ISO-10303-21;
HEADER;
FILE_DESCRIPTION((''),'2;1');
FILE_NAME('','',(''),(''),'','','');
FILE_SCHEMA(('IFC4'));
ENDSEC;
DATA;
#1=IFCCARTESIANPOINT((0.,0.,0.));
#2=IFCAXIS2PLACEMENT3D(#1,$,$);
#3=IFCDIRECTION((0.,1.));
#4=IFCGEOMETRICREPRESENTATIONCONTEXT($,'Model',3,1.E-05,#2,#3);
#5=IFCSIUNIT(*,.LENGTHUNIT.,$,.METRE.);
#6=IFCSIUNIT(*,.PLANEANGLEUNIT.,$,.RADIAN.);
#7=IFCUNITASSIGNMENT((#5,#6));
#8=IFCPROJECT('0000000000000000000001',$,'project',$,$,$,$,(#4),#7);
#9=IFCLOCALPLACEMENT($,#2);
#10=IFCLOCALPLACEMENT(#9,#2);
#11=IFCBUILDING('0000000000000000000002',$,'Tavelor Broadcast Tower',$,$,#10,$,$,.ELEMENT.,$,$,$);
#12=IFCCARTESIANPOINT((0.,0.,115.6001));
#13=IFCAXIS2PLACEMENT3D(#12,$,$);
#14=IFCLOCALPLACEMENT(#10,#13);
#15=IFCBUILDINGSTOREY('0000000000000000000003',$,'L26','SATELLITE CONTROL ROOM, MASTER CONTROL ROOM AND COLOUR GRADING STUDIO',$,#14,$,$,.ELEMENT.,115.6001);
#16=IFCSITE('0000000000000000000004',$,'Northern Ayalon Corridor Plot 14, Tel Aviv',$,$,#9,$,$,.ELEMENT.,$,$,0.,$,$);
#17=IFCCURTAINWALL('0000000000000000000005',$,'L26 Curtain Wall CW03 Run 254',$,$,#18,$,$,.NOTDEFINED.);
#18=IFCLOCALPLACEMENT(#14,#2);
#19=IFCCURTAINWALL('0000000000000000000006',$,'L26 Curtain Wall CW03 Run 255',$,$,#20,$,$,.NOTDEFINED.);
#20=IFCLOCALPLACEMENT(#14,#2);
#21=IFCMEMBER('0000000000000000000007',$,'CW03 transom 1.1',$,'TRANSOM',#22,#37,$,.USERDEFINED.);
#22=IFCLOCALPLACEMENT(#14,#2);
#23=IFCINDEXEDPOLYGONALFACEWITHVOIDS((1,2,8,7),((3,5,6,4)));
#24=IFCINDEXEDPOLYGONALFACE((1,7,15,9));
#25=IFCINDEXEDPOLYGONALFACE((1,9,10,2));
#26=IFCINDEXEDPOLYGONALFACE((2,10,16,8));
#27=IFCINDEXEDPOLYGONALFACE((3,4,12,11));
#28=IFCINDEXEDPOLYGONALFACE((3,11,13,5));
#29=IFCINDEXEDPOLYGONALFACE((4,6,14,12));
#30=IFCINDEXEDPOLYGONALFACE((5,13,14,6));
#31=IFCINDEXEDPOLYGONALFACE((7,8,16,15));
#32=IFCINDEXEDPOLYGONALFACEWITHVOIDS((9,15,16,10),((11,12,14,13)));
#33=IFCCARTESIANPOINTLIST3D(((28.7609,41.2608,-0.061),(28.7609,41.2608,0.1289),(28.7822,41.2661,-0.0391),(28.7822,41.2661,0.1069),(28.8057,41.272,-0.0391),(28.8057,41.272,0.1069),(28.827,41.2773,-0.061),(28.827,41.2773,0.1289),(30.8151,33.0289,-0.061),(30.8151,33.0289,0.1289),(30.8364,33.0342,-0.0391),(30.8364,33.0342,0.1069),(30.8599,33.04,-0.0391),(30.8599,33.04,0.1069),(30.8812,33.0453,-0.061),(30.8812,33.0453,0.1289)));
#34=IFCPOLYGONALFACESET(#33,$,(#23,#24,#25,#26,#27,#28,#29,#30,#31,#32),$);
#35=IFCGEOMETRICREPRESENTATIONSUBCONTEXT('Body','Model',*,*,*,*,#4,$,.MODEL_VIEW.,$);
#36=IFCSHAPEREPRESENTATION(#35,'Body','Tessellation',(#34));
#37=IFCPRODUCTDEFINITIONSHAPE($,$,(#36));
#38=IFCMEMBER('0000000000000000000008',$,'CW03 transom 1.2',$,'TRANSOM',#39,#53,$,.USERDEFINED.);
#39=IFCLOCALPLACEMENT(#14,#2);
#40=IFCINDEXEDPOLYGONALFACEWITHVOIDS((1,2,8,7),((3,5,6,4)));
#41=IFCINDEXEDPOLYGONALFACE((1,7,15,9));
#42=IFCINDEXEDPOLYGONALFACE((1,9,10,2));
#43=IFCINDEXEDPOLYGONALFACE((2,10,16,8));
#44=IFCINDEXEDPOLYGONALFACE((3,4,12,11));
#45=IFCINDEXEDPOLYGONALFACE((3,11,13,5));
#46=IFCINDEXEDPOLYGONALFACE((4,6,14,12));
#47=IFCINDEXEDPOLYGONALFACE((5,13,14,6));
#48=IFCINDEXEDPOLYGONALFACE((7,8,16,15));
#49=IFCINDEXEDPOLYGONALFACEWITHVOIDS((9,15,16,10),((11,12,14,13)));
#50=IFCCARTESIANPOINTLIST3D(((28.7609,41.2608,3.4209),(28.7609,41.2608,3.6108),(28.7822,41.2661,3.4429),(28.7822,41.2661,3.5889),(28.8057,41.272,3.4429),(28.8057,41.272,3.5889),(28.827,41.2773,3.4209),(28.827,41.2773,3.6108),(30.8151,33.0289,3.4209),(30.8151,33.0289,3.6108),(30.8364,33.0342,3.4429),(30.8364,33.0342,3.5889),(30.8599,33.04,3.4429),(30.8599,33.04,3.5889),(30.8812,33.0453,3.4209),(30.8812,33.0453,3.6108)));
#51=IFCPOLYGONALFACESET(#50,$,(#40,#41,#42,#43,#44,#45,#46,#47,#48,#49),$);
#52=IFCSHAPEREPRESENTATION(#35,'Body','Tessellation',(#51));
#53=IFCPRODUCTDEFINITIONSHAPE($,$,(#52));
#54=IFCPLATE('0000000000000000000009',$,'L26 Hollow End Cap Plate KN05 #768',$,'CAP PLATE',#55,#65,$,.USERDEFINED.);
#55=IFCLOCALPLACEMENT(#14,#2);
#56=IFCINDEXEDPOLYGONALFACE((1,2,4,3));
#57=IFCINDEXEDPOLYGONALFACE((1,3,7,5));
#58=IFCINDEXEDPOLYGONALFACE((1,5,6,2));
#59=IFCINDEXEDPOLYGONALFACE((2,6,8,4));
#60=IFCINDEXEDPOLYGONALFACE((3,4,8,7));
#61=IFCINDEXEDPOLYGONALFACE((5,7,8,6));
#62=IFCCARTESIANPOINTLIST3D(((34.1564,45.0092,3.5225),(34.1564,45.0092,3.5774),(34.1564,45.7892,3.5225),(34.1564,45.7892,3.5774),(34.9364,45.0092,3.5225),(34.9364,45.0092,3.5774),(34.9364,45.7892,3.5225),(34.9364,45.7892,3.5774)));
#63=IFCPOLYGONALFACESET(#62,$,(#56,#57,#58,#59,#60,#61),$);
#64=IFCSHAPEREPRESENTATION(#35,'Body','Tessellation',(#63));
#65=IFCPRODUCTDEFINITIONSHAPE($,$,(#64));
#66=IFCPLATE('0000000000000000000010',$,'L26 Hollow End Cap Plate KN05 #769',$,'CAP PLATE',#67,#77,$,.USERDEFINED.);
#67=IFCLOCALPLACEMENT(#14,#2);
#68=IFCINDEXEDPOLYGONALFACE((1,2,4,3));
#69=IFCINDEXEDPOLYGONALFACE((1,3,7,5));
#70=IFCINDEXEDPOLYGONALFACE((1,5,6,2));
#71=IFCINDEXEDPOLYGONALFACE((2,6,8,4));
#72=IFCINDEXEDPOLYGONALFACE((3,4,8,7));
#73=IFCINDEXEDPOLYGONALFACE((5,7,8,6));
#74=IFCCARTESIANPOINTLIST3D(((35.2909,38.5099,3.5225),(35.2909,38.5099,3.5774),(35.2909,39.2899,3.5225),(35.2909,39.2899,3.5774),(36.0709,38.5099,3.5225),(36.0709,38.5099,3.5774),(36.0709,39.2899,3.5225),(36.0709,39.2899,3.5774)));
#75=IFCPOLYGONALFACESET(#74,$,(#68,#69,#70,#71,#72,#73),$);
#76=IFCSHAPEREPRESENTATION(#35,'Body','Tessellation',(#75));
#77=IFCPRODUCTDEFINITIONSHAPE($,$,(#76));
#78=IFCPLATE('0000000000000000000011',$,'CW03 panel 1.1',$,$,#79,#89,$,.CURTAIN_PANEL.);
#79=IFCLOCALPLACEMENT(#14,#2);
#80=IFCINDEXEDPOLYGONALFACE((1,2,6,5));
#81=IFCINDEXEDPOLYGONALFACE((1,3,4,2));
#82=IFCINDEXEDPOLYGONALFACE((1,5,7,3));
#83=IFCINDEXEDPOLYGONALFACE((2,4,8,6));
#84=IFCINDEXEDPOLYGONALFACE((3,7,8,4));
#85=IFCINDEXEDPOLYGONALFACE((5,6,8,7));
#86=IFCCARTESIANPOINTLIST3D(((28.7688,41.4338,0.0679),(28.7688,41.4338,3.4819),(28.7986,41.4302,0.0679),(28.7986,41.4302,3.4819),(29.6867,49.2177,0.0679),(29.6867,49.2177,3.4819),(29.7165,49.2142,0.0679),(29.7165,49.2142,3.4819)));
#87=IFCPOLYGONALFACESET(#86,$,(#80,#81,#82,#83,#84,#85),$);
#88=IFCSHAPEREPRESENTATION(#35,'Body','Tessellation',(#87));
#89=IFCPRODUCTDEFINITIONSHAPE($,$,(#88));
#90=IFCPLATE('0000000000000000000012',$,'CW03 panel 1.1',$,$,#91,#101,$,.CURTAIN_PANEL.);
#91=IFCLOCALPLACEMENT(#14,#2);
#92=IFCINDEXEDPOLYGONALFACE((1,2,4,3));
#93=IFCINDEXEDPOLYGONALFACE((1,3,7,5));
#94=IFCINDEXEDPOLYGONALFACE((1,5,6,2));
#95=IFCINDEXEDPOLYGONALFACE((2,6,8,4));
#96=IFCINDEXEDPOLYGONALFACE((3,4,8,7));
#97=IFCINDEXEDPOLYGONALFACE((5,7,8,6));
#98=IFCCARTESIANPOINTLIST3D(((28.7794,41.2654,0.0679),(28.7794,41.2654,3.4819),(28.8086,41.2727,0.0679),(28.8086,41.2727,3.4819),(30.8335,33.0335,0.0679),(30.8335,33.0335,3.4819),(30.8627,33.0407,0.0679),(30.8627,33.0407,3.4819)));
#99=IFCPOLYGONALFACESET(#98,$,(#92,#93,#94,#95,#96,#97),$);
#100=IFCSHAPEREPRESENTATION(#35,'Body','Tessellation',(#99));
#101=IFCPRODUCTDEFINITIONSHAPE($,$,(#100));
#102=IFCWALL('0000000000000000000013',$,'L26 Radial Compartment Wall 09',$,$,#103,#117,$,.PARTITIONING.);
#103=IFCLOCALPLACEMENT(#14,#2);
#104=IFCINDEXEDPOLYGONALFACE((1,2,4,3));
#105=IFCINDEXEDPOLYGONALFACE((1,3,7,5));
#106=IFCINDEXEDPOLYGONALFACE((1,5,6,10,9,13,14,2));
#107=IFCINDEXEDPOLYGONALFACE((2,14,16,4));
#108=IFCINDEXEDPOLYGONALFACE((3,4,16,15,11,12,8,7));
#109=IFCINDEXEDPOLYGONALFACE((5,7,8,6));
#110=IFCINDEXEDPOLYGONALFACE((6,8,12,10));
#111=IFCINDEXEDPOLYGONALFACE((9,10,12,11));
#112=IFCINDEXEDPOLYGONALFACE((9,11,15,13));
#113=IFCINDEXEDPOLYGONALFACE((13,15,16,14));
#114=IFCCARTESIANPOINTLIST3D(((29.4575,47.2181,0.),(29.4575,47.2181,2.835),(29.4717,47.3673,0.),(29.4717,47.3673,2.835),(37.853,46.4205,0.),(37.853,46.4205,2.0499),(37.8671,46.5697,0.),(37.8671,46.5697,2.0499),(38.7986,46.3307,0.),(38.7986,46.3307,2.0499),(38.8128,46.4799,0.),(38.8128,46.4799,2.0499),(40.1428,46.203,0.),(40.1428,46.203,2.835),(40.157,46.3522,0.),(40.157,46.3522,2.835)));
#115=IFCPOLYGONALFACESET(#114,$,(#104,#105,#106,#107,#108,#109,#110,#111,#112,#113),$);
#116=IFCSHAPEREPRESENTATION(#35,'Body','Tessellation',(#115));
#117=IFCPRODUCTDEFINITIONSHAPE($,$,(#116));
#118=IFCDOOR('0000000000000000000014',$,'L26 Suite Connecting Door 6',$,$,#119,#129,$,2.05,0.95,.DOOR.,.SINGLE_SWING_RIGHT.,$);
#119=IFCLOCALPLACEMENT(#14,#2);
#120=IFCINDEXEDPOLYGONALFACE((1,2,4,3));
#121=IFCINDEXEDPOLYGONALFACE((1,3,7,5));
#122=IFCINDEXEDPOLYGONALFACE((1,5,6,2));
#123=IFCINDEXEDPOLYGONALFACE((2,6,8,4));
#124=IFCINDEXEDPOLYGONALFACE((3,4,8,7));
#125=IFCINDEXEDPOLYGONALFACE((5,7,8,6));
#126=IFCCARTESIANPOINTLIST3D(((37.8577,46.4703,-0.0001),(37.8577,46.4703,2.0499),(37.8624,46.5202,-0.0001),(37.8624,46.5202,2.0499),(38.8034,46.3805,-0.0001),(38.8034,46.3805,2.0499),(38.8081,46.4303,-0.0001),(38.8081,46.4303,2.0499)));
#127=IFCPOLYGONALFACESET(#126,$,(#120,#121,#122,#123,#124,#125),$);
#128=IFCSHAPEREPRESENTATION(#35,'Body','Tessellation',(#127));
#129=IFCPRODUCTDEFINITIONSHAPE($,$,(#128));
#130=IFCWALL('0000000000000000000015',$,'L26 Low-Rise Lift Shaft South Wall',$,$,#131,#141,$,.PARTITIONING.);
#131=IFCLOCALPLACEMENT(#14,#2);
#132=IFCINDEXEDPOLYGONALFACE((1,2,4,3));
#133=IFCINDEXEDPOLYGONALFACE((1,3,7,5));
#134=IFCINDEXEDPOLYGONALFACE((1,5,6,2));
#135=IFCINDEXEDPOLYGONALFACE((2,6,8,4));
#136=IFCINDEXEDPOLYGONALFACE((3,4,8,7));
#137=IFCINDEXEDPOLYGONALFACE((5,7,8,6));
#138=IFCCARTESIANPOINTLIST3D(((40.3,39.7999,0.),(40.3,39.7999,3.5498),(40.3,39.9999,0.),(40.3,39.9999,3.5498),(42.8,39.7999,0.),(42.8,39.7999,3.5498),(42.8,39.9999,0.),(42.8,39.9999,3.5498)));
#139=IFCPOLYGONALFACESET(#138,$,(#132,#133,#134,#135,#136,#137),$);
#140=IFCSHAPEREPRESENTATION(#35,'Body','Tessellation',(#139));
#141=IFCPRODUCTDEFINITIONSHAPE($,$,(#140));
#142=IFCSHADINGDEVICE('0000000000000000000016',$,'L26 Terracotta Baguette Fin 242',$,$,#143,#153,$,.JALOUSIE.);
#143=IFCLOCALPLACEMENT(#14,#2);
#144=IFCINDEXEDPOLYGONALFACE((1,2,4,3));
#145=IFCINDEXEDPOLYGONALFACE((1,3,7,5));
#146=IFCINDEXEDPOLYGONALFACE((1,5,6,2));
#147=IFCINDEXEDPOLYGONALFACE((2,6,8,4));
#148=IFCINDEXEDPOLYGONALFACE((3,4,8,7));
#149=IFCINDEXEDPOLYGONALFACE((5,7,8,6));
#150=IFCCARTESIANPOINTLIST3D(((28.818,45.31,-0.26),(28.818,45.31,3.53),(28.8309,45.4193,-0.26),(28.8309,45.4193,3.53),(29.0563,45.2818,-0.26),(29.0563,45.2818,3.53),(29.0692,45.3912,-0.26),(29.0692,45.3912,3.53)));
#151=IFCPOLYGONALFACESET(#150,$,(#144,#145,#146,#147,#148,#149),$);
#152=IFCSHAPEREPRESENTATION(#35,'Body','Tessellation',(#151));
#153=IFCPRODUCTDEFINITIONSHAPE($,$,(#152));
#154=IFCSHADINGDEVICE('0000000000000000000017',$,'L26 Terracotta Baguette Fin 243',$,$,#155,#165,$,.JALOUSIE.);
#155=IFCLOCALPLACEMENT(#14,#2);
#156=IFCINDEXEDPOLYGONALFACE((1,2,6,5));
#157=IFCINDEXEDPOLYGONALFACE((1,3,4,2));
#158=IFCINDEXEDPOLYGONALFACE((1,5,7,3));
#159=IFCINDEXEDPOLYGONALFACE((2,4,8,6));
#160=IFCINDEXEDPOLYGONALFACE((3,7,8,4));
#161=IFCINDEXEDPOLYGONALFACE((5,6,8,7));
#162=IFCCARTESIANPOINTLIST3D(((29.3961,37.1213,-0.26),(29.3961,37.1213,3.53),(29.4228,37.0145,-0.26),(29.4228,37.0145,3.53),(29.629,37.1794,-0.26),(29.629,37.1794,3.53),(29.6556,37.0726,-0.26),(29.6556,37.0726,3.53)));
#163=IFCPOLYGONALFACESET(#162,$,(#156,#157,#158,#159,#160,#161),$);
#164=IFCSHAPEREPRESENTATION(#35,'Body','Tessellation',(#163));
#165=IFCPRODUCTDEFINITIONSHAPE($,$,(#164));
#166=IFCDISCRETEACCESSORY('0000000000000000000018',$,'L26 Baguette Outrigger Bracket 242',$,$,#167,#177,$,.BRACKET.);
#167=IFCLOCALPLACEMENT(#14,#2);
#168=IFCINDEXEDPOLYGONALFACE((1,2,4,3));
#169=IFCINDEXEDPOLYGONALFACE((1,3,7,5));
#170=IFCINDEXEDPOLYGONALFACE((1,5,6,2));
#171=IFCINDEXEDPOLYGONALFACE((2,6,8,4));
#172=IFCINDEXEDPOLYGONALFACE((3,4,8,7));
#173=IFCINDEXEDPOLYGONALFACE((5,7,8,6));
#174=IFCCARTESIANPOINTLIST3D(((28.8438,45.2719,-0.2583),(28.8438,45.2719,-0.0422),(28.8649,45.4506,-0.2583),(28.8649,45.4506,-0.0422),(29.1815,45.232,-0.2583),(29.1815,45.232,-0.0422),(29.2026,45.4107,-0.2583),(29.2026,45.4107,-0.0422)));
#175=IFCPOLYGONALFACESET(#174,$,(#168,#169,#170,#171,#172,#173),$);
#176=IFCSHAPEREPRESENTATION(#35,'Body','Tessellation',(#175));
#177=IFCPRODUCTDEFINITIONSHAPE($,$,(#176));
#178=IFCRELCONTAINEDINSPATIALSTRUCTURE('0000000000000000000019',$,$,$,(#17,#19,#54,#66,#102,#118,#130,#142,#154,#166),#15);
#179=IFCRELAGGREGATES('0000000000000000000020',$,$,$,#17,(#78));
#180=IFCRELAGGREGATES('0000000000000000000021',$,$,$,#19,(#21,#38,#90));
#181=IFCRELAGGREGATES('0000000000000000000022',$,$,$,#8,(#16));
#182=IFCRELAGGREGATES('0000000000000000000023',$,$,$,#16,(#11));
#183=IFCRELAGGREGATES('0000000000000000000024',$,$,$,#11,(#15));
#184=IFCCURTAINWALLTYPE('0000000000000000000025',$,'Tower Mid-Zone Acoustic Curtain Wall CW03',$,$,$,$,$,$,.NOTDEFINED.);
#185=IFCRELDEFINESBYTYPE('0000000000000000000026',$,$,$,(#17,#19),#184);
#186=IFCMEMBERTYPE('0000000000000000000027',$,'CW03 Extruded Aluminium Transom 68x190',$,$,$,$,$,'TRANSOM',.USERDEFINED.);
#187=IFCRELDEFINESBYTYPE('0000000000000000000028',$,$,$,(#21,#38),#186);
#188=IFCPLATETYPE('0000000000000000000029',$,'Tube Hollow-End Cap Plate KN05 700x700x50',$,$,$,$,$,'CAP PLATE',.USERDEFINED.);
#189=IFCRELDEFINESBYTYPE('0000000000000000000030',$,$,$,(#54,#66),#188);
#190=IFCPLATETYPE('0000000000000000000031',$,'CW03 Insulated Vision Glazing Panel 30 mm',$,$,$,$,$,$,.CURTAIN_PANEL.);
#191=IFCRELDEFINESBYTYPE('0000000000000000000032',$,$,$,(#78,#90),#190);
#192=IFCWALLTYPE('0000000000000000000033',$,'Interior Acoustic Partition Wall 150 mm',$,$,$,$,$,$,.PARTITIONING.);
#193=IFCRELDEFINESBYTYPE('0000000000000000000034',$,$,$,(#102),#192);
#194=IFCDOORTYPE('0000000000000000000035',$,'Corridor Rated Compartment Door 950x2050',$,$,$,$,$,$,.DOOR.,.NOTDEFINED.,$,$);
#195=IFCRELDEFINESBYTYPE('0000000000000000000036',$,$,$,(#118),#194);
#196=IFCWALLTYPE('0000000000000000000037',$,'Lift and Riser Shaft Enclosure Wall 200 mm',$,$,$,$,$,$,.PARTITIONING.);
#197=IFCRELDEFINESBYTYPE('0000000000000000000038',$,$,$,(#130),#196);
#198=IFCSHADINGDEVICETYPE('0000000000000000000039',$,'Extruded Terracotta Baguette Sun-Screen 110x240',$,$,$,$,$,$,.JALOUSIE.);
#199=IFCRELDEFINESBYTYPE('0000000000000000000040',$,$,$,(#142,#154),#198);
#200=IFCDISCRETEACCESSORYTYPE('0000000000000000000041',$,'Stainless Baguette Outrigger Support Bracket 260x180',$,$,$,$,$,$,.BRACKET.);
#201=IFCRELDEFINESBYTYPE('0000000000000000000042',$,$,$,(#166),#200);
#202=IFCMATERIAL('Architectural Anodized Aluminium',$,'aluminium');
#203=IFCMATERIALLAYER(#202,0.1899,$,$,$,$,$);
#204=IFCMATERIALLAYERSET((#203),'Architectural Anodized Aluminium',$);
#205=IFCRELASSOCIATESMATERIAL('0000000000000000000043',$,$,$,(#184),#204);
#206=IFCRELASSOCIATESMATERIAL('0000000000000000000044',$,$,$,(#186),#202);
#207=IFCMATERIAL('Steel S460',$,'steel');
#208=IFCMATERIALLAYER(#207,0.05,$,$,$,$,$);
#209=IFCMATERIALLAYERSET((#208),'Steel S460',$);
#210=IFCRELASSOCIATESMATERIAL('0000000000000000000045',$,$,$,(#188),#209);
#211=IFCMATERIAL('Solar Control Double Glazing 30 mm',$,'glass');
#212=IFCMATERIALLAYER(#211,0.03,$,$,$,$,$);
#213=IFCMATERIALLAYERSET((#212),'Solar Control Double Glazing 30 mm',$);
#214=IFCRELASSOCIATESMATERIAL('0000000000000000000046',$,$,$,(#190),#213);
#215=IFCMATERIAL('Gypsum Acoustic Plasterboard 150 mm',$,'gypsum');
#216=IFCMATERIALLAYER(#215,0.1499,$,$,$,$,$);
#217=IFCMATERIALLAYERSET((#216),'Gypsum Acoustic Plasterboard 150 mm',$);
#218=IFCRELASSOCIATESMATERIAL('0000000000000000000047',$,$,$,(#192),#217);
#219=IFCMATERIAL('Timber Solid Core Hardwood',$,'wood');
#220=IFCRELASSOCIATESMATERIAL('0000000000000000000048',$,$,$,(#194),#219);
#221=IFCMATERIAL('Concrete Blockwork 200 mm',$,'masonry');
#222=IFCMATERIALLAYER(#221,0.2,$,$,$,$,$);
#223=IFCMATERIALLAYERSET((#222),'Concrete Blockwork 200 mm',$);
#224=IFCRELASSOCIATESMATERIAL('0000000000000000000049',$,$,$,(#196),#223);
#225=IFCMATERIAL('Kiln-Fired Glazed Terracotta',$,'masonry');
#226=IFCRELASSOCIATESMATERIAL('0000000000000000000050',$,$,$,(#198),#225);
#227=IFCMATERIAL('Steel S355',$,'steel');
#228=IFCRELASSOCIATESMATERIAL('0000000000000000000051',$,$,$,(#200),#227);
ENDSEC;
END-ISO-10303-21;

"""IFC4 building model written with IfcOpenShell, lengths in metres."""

from ifc_helpers import new_model, si_unit, direction, frame, frame_2d, origin, origin_2d, place, context, subcontext, project, spatial, rectangle, hollow_rectangle, extrude, source, transform, mapped, material, layer, layer_set, material_profile, profile_set, type_object, type_shapes, element, fill, aggregate, save


model = new_model("IFC4")

# Units and contexts
model_context = context("Model", 3, precision=1e-05, world=origin(), true_north=direction((0.0, 1.0)))
body_context = subcontext(model_context, "Body", "Model", "MODEL_VIEW")
ifc_project = project(units=[si_unit("LENGTHUNIT", "METRE"), si_unit("PLANEANGLEUNIT", "RADIAN")], contexts=[model_context])

# Site, building, storey
site_placement = place(None, origin())
site = spatial("IfcSite", under=ifc_project, at=site_placement, Name="Northern Ayalon Corridor Plot 14, Tel Aviv", CompositionType="ELEMENT", RefElevation=0.0)
building_placement = place(site_placement, origin())
building = spatial("IfcBuilding", under=site, at=building_placement, Name="Tavelor Broadcast Tower", CompositionType="ELEMENT")
storey_placement = place(building_placement, frame((0.0, 0.0, 115.6001)))
storey = spatial("IfcBuildingStorey", under=building, at=storey_placement, Name="L26", Description="SATELLITE CONTROL ROOM, MASTER CONTROL ROOM AND COLOUR GRADING STUDIO", CompositionType="ELEMENT", Elevation=115.6001)

# Shared definitions
ifc_material_1 = material(Name="Steel S460", Category="steel")

# Shared definitions
ifc_material_2 = material(Name="Steel S355", Category="steel")

# Curtain wall
ifc_material_3 = material(Name="Architectural Anodized Aluminium", Category="aluminium")
ifc_layer_1 = layer(ifc_material_3, 0.1899)
ifc_layer_set_1 = layer_set([ifc_layer_1], Name="Architectural Anodized Aluminium")
curtain_wall_type = type_object("IfcCurtainWallType", Name="Tower Mid-Zone Acoustic Curtain Wall CW03", PredefinedType="NOTDEFINED", material=ifc_layer_set_1)
curtain_wall_1_placement = place(storey_placement, origin())
curtain_wall_1 = element("IfcCurtainWall", 1, at=curtain_wall_1_placement, inside=storey, type_object=curtain_wall_type, Name="L26 Curtain Wall CW03 Run 254", PredefinedType="NOTDEFINED")

# Curtain wall, members
curtain_wall_2_placement = place(storey_placement, origin())
curtain_wall_2 = element("IfcCurtainWall", 2, at=curtain_wall_2_placement, inside=storey, type_object=curtain_wall_type, Name="L26 Curtain Wall CW03 Run 255", PredefinedType="NOTDEFINED")
ifc_material_profile_1 = material_profile(ifc_material_3, hollow_rectangle(XDim=0.0681, YDim=0.1899, WallThickness=0.022, at=origin_2d()), Name="RHS 68x190x22")
ifc_profile_set_1 = profile_set([ifc_material_profile_1], Name="Architectural Anodized Aluminium")
member_type_1 = type_object("IfcMemberType", Name="CW03 Extruded Aluminium Transom 68x190", ElementType="TRANSOM", PredefinedType="USERDEFINED", material=ifc_profile_set_1)
shared_shape_1 = source(origin(), body_context, "Body", "SweptSolid", [
    extrude(hollow_rectangle(XDim=0.0681, YDim=0.1899, WallThickness=0.022, at=origin_2d()), origin(), (0.0, 0.0, 1.0), 8.4844),
])
type_shapes(member_type_1, [shared_shape_1])
member_1_placement = place(storey_placement, frame((28.7939, 41.269, 0.0339), z_axis=(0.242116, -0.970247, 0.0), x_axis=(0.970247, 0.242116, 0.0)))
member_1 = element("IfcMember", 3, at=member_1_placement, type_object=member_type_1, Name="CW03 transom 1.1", ObjectType="TRANSOM", PredefinedType="USERDEFINED", context=body_context, shape_type="MappedRepresentation", body=[
    mapped(shared_shape_1, transform((0.0, 0.0, 0.0), scale=1.0)),
])
member_2_placement = place(storey_placement, frame((28.7939, 41.269, 3.5159), z_axis=(0.242116, -0.970247, 0.0), x_axis=(0.970247, 0.242116, 0.0)))
member_2 = element("IfcMember", 4, at=member_2_placement, type_object=member_type_1, Name="CW03 transom 1.2", ObjectType="TRANSOM", PredefinedType="USERDEFINED", context=body_context, shape_type="MappedRepresentation", body=[
    mapped(shared_shape_1, transform((0.0, 0.0, 0.0), scale=1.0)),
])

# Plates
ifc_layer_2 = layer(ifc_material_1, 0.05)
ifc_layer_set_2 = layer_set([ifc_layer_2], Name="Steel S460")
plate_type_1 = type_object("IfcPlateType", Name="Tube Hollow-End Cap Plate KN05 700x700x50", ElementType="CAP PLATE", PredefinedType="USERDEFINED", material=ifc_layer_set_2)
shared_shape_2 = source(origin(), body_context, "Body", "SweptSolid", [
    extrude(rectangle(XDim=0.78, YDim=0.78, at=origin_2d()), origin(), (0.0, 0.0, 1.0), 0.0549),
])
type_shapes(plate_type_1, [shared_shape_2])
for number, where, z_axis, x_axis, name in (
    (5, (34.5464, 45.3992, 3.5225), (0.0, 0.0, 1.0), (1.0, 0.0, 0.0), "L26 Hollow End Cap Plate KN05 #768"),
    (6, (35.6809, 38.8999, 3.5225), (0.0, 0.0, 1.0), (1.0, 0.0, 0.0), "L26 Hollow End Cap Plate KN05 #769"),
):
    element("IfcPlate", number, at=place(storey_placement, frame(where, z_axis=z_axis, x_axis=x_axis)), inside=storey, type_object=plate_type_1, Name=name, ObjectType="CAP PLATE", PredefinedType="USERDEFINED", context=body_context, shape_type="MappedRepresentation", body=[
        mapped(shared_shape_2, transform((0.0, 0.0, 0.0), scale=1.0)),
    ])

# Plates
ifc_material_4 = material(Name="Solar Control Double Glazing 30 mm", Category="glass")
ifc_layer_3 = layer(ifc_material_4, 0.03)
ifc_layer_set_3 = layer_set([ifc_layer_3], Name="Solar Control Double Glazing 30 mm")
plate_type_2 = type_object("IfcPlateType", Name="CW03 Insulated Vision Glazing Panel 30 mm", PredefinedType="CURTAIN_PANEL", material=ifc_layer_set_3)
shared_shape_3 = source(origin(), body_context, "Body", "SweptSolid", [
    extrude(rectangle(XDim=7.8379, YDim=0.03, at=origin_2d()), origin(), (0.0, 0.0, 1.0), 3.4141),
])
plate_1_placement = place(storey_placement, frame((29.2427, 45.324, 0.0679), z_axis=(0.0, 0.0, 1.0), x_axis=(-0.117108, -0.993119, 0.0)))
plate_1 = element("IfcPlate", 7, at=plate_1_placement, type_object=plate_type_2, Name="CW03 panel 1.1", PredefinedType="CURTAIN_PANEL", context=body_context, shape_type="MappedRepresentation", body=[
    mapped(shared_shape_3, transform((0.0, 0.0, 0.0), scale=1.0)),
])
aggregate(curtain_wall_1, [plate_1])
shared_shape_4 = source(origin(), body_context, "Body", "SweptSolid", [
    extrude(rectangle(XDim=8.4844, YDim=0.03, at=origin_2d()), origin(), (0.0, 0.0, 1.0), 3.4141),
])
type_shapes(plate_type_2, [shared_shape_3, shared_shape_4])
plate_2_placement = place(storey_placement, frame((29.821, 37.1531, 0.0679), z_axis=(0.0, 0.0, 1.0), x_axis=(0.242102, -0.970251, 0.0)))
plate_2 = element("IfcPlate", 8, at=plate_2_placement, type_object=plate_type_2, Name="CW03 panel 1.1", PredefinedType="CURTAIN_PANEL", context=body_context, shape_type="MappedRepresentation", body=[
    mapped(shared_shape_4, transform((0.0, 0.0, 0.0), scale=1.0)),
])
aggregate(curtain_wall_2, [member_1, member_2, plate_2])

# Wall, opening, door
ifc_material_5 = material(Name="Gypsum Acoustic Plasterboard 150 mm", Category="gypsum")
ifc_layer_4 = layer(ifc_material_5, 0.1499)
ifc_layer_set_4 = layer_set([ifc_layer_4], Name="Gypsum Acoustic Plasterboard 150 mm")
wall_type_1 = type_object("IfcWallType", Name="Interior Acoustic Partition Wall 150 mm", PredefinedType="PARTITIONING", material=ifc_layer_set_4)
wall_1_placement = place(storey_placement, frame((40.1499, 46.2776, 0.0), z_axis=(0.0, 0.0, 1.0), x_axis=(-0.995518, 0.094577, 0.0)))
wall_1 = element("IfcWall", 9, at=wall_1_placement, inside=storey, type_object=wall_type_1, Name="L26 Radial Compartment Wall 09", PredefinedType="PARTITIONING", context=body_context, shape_type="SweptSolid", body=[
    extrude(rectangle(XDim=10.7334, YDim=0.1499, at=frame_2d((5.3667, 0.0))), origin(), (0.0, 0.0, 1.0), 2.835),
])
opening_placement = place(wall_1_placement, frame((1.3501, 0.0, 0.0)))
opening = element("IfcOpeningElement", 10, at=opening_placement, cuts=wall_1, PredefinedType="OPENING", context=body_context, shape_type="SweptSolid", body=[
    extrude(rectangle(XDim=0.95, YDim=2.05, at=frame_2d((0.4751, 1.0249))), frame((0.0, 0.085, 0.0), z_axis=(0.0, -1.0, 0.0), x_axis=(1.0, 0.0, 0.0)), (0.0, 0.0, 1.0), 0.1699),
])
ifc_material_6 = material(Name="Timber Solid Core Hardwood", Category="wood")
door_type = type_object("IfcDoorType", Name="Corridor Rated Compartment Door 950x2050", OperationType="NOTDEFINED", PredefinedType="DOOR", material=ifc_material_6)
door_placement = place(opening_placement, origin())
door = element("IfcDoor", 11, at=door_placement, inside=storey, type_object=door_type, Name="L26 Suite Connecting Door 6", OperationType="SINGLE_SWING_RIGHT", OverallHeight=2.05, OverallWidth=0.95, PredefinedType="DOOR", context=body_context, shape_type="SweptSolid", body=[
    extrude(rectangle(XDim=0.95, YDim=2.05, at=frame_2d((0.4751, 1.0249))), frame((0.0, 0.0249, 0.0), z_axis=(0.0, -1.0, 0.0), x_axis=(1.0, 0.0, 0.0)), (0.0, 0.0, 1.0), 0.05),
])
fill(opening, door)

# Wall
ifc_material_7 = material(Name="Concrete Blockwork 200 mm", Category="masonry")
ifc_layer_5 = layer(ifc_material_7, 0.2)
ifc_layer_set_5 = layer_set([ifc_layer_5], Name="Concrete Blockwork 200 mm")
wall_type_2 = type_object("IfcWallType", Name="Lift and Riser Shaft Enclosure Wall 200 mm", PredefinedType="PARTITIONING", material=ifc_layer_set_5)
wall_2_placement = place(storey_placement, frame((40.3, 39.8999, 0.0), z_axis=(0.0, 0.0, 1.0), x_axis=(1.0, 0.0, 0.0)))
element("IfcWall", 12, at=wall_2_placement, inside=storey, type_object=wall_type_2, Name="L26 Low-Rise Lift Shaft South Wall", PredefinedType="PARTITIONING", context=body_context, shape_type="SweptSolid", body=[
    extrude(rectangle(XDim=2.5, YDim=0.2, at=frame_2d((1.25, 0.0))), origin(), (0.0, 0.0, 1.0), 3.5498),
])

# Shading devices
ifc_material_8 = material(Name="Kiln-Fired Glazed Terracotta", Category="masonry")
shading_device_type = type_object("IfcShadingDeviceType", Name="Extruded Terracotta Baguette Sun-Screen 110x240", PredefinedType="JALOUSIE", material=ifc_material_8)
shared_shape_5 = source(origin(), body_context, "Body", "SweptSolid", [
    extrude(rectangle(XDim=0.1101, YDim=0.24, at=origin_2d()), origin(), (0.0, 0.0, 1.0), 3.79),
])
type_shapes(shading_device_type, [shared_shape_5])
for number, where, z_axis, x_axis, name in (
    (13, (28.9436, 45.3506, -0.26), (0.0, 0.0, 1.0), (-0.117191, -0.993109, 0.0), "L26 Terracotta Baguette Fin 242"),
    (14, (29.5259, 37.0969, -0.26), (0.0, 0.0, 1.0), (0.242091, -0.970253, 0.0), "L26 Terracotta Baguette Fin 243"),
):
    element("IfcShadingDevice", number, at=place(storey_placement, frame(where, z_axis=z_axis, x_axis=x_axis)), inside=storey, type_object=shading_device_type, Name=name, PredefinedType="JALOUSIE", context=body_context, shape_type="MappedRepresentation", body=[
        mapped(shared_shape_5, transform((0.0, 0.0, 0.0), scale=1.0)),
    ])

# Discrete accessory
discrete_accessory_type = type_object("IfcDiscreteAccessoryType", Name="Stainless Baguette Outrigger Support Bracket 260x180", PredefinedType="BRACKET", material=ifc_material_2)
shared_shape_6 = source(origin(), body_context, "Body", "SweptSolid", [
    extrude(rectangle(XDim=0.1799, YDim=0.3401, at=origin_2d()), origin(), (0.0, 0.0, 1.0), 0.2161),
])
type_shapes(discrete_accessory_type, [shared_shape_6])
for number, where, z_axis, x_axis, name in (
    (15, (29.0232, 45.3413, -0.2583), (0.0, 0.0, 1.0), (-0.117191, -0.993109, 0.0), "L26 Baguette Outrigger Bracket 242"),
):
    element("IfcDiscreteAccessory", number, at=place(storey_placement, frame(where, z_axis=z_axis, x_axis=x_axis)), inside=storey, type_object=discrete_accessory_type, Name=name, PredefinedType="BRACKET", context=body_context, shape_type="MappedRepresentation", body=[
        mapped(shared_shape_6, transform((0.0, 0.0, 0.0), scale=1.0)),
    ])

save(model, "model.ifc")
